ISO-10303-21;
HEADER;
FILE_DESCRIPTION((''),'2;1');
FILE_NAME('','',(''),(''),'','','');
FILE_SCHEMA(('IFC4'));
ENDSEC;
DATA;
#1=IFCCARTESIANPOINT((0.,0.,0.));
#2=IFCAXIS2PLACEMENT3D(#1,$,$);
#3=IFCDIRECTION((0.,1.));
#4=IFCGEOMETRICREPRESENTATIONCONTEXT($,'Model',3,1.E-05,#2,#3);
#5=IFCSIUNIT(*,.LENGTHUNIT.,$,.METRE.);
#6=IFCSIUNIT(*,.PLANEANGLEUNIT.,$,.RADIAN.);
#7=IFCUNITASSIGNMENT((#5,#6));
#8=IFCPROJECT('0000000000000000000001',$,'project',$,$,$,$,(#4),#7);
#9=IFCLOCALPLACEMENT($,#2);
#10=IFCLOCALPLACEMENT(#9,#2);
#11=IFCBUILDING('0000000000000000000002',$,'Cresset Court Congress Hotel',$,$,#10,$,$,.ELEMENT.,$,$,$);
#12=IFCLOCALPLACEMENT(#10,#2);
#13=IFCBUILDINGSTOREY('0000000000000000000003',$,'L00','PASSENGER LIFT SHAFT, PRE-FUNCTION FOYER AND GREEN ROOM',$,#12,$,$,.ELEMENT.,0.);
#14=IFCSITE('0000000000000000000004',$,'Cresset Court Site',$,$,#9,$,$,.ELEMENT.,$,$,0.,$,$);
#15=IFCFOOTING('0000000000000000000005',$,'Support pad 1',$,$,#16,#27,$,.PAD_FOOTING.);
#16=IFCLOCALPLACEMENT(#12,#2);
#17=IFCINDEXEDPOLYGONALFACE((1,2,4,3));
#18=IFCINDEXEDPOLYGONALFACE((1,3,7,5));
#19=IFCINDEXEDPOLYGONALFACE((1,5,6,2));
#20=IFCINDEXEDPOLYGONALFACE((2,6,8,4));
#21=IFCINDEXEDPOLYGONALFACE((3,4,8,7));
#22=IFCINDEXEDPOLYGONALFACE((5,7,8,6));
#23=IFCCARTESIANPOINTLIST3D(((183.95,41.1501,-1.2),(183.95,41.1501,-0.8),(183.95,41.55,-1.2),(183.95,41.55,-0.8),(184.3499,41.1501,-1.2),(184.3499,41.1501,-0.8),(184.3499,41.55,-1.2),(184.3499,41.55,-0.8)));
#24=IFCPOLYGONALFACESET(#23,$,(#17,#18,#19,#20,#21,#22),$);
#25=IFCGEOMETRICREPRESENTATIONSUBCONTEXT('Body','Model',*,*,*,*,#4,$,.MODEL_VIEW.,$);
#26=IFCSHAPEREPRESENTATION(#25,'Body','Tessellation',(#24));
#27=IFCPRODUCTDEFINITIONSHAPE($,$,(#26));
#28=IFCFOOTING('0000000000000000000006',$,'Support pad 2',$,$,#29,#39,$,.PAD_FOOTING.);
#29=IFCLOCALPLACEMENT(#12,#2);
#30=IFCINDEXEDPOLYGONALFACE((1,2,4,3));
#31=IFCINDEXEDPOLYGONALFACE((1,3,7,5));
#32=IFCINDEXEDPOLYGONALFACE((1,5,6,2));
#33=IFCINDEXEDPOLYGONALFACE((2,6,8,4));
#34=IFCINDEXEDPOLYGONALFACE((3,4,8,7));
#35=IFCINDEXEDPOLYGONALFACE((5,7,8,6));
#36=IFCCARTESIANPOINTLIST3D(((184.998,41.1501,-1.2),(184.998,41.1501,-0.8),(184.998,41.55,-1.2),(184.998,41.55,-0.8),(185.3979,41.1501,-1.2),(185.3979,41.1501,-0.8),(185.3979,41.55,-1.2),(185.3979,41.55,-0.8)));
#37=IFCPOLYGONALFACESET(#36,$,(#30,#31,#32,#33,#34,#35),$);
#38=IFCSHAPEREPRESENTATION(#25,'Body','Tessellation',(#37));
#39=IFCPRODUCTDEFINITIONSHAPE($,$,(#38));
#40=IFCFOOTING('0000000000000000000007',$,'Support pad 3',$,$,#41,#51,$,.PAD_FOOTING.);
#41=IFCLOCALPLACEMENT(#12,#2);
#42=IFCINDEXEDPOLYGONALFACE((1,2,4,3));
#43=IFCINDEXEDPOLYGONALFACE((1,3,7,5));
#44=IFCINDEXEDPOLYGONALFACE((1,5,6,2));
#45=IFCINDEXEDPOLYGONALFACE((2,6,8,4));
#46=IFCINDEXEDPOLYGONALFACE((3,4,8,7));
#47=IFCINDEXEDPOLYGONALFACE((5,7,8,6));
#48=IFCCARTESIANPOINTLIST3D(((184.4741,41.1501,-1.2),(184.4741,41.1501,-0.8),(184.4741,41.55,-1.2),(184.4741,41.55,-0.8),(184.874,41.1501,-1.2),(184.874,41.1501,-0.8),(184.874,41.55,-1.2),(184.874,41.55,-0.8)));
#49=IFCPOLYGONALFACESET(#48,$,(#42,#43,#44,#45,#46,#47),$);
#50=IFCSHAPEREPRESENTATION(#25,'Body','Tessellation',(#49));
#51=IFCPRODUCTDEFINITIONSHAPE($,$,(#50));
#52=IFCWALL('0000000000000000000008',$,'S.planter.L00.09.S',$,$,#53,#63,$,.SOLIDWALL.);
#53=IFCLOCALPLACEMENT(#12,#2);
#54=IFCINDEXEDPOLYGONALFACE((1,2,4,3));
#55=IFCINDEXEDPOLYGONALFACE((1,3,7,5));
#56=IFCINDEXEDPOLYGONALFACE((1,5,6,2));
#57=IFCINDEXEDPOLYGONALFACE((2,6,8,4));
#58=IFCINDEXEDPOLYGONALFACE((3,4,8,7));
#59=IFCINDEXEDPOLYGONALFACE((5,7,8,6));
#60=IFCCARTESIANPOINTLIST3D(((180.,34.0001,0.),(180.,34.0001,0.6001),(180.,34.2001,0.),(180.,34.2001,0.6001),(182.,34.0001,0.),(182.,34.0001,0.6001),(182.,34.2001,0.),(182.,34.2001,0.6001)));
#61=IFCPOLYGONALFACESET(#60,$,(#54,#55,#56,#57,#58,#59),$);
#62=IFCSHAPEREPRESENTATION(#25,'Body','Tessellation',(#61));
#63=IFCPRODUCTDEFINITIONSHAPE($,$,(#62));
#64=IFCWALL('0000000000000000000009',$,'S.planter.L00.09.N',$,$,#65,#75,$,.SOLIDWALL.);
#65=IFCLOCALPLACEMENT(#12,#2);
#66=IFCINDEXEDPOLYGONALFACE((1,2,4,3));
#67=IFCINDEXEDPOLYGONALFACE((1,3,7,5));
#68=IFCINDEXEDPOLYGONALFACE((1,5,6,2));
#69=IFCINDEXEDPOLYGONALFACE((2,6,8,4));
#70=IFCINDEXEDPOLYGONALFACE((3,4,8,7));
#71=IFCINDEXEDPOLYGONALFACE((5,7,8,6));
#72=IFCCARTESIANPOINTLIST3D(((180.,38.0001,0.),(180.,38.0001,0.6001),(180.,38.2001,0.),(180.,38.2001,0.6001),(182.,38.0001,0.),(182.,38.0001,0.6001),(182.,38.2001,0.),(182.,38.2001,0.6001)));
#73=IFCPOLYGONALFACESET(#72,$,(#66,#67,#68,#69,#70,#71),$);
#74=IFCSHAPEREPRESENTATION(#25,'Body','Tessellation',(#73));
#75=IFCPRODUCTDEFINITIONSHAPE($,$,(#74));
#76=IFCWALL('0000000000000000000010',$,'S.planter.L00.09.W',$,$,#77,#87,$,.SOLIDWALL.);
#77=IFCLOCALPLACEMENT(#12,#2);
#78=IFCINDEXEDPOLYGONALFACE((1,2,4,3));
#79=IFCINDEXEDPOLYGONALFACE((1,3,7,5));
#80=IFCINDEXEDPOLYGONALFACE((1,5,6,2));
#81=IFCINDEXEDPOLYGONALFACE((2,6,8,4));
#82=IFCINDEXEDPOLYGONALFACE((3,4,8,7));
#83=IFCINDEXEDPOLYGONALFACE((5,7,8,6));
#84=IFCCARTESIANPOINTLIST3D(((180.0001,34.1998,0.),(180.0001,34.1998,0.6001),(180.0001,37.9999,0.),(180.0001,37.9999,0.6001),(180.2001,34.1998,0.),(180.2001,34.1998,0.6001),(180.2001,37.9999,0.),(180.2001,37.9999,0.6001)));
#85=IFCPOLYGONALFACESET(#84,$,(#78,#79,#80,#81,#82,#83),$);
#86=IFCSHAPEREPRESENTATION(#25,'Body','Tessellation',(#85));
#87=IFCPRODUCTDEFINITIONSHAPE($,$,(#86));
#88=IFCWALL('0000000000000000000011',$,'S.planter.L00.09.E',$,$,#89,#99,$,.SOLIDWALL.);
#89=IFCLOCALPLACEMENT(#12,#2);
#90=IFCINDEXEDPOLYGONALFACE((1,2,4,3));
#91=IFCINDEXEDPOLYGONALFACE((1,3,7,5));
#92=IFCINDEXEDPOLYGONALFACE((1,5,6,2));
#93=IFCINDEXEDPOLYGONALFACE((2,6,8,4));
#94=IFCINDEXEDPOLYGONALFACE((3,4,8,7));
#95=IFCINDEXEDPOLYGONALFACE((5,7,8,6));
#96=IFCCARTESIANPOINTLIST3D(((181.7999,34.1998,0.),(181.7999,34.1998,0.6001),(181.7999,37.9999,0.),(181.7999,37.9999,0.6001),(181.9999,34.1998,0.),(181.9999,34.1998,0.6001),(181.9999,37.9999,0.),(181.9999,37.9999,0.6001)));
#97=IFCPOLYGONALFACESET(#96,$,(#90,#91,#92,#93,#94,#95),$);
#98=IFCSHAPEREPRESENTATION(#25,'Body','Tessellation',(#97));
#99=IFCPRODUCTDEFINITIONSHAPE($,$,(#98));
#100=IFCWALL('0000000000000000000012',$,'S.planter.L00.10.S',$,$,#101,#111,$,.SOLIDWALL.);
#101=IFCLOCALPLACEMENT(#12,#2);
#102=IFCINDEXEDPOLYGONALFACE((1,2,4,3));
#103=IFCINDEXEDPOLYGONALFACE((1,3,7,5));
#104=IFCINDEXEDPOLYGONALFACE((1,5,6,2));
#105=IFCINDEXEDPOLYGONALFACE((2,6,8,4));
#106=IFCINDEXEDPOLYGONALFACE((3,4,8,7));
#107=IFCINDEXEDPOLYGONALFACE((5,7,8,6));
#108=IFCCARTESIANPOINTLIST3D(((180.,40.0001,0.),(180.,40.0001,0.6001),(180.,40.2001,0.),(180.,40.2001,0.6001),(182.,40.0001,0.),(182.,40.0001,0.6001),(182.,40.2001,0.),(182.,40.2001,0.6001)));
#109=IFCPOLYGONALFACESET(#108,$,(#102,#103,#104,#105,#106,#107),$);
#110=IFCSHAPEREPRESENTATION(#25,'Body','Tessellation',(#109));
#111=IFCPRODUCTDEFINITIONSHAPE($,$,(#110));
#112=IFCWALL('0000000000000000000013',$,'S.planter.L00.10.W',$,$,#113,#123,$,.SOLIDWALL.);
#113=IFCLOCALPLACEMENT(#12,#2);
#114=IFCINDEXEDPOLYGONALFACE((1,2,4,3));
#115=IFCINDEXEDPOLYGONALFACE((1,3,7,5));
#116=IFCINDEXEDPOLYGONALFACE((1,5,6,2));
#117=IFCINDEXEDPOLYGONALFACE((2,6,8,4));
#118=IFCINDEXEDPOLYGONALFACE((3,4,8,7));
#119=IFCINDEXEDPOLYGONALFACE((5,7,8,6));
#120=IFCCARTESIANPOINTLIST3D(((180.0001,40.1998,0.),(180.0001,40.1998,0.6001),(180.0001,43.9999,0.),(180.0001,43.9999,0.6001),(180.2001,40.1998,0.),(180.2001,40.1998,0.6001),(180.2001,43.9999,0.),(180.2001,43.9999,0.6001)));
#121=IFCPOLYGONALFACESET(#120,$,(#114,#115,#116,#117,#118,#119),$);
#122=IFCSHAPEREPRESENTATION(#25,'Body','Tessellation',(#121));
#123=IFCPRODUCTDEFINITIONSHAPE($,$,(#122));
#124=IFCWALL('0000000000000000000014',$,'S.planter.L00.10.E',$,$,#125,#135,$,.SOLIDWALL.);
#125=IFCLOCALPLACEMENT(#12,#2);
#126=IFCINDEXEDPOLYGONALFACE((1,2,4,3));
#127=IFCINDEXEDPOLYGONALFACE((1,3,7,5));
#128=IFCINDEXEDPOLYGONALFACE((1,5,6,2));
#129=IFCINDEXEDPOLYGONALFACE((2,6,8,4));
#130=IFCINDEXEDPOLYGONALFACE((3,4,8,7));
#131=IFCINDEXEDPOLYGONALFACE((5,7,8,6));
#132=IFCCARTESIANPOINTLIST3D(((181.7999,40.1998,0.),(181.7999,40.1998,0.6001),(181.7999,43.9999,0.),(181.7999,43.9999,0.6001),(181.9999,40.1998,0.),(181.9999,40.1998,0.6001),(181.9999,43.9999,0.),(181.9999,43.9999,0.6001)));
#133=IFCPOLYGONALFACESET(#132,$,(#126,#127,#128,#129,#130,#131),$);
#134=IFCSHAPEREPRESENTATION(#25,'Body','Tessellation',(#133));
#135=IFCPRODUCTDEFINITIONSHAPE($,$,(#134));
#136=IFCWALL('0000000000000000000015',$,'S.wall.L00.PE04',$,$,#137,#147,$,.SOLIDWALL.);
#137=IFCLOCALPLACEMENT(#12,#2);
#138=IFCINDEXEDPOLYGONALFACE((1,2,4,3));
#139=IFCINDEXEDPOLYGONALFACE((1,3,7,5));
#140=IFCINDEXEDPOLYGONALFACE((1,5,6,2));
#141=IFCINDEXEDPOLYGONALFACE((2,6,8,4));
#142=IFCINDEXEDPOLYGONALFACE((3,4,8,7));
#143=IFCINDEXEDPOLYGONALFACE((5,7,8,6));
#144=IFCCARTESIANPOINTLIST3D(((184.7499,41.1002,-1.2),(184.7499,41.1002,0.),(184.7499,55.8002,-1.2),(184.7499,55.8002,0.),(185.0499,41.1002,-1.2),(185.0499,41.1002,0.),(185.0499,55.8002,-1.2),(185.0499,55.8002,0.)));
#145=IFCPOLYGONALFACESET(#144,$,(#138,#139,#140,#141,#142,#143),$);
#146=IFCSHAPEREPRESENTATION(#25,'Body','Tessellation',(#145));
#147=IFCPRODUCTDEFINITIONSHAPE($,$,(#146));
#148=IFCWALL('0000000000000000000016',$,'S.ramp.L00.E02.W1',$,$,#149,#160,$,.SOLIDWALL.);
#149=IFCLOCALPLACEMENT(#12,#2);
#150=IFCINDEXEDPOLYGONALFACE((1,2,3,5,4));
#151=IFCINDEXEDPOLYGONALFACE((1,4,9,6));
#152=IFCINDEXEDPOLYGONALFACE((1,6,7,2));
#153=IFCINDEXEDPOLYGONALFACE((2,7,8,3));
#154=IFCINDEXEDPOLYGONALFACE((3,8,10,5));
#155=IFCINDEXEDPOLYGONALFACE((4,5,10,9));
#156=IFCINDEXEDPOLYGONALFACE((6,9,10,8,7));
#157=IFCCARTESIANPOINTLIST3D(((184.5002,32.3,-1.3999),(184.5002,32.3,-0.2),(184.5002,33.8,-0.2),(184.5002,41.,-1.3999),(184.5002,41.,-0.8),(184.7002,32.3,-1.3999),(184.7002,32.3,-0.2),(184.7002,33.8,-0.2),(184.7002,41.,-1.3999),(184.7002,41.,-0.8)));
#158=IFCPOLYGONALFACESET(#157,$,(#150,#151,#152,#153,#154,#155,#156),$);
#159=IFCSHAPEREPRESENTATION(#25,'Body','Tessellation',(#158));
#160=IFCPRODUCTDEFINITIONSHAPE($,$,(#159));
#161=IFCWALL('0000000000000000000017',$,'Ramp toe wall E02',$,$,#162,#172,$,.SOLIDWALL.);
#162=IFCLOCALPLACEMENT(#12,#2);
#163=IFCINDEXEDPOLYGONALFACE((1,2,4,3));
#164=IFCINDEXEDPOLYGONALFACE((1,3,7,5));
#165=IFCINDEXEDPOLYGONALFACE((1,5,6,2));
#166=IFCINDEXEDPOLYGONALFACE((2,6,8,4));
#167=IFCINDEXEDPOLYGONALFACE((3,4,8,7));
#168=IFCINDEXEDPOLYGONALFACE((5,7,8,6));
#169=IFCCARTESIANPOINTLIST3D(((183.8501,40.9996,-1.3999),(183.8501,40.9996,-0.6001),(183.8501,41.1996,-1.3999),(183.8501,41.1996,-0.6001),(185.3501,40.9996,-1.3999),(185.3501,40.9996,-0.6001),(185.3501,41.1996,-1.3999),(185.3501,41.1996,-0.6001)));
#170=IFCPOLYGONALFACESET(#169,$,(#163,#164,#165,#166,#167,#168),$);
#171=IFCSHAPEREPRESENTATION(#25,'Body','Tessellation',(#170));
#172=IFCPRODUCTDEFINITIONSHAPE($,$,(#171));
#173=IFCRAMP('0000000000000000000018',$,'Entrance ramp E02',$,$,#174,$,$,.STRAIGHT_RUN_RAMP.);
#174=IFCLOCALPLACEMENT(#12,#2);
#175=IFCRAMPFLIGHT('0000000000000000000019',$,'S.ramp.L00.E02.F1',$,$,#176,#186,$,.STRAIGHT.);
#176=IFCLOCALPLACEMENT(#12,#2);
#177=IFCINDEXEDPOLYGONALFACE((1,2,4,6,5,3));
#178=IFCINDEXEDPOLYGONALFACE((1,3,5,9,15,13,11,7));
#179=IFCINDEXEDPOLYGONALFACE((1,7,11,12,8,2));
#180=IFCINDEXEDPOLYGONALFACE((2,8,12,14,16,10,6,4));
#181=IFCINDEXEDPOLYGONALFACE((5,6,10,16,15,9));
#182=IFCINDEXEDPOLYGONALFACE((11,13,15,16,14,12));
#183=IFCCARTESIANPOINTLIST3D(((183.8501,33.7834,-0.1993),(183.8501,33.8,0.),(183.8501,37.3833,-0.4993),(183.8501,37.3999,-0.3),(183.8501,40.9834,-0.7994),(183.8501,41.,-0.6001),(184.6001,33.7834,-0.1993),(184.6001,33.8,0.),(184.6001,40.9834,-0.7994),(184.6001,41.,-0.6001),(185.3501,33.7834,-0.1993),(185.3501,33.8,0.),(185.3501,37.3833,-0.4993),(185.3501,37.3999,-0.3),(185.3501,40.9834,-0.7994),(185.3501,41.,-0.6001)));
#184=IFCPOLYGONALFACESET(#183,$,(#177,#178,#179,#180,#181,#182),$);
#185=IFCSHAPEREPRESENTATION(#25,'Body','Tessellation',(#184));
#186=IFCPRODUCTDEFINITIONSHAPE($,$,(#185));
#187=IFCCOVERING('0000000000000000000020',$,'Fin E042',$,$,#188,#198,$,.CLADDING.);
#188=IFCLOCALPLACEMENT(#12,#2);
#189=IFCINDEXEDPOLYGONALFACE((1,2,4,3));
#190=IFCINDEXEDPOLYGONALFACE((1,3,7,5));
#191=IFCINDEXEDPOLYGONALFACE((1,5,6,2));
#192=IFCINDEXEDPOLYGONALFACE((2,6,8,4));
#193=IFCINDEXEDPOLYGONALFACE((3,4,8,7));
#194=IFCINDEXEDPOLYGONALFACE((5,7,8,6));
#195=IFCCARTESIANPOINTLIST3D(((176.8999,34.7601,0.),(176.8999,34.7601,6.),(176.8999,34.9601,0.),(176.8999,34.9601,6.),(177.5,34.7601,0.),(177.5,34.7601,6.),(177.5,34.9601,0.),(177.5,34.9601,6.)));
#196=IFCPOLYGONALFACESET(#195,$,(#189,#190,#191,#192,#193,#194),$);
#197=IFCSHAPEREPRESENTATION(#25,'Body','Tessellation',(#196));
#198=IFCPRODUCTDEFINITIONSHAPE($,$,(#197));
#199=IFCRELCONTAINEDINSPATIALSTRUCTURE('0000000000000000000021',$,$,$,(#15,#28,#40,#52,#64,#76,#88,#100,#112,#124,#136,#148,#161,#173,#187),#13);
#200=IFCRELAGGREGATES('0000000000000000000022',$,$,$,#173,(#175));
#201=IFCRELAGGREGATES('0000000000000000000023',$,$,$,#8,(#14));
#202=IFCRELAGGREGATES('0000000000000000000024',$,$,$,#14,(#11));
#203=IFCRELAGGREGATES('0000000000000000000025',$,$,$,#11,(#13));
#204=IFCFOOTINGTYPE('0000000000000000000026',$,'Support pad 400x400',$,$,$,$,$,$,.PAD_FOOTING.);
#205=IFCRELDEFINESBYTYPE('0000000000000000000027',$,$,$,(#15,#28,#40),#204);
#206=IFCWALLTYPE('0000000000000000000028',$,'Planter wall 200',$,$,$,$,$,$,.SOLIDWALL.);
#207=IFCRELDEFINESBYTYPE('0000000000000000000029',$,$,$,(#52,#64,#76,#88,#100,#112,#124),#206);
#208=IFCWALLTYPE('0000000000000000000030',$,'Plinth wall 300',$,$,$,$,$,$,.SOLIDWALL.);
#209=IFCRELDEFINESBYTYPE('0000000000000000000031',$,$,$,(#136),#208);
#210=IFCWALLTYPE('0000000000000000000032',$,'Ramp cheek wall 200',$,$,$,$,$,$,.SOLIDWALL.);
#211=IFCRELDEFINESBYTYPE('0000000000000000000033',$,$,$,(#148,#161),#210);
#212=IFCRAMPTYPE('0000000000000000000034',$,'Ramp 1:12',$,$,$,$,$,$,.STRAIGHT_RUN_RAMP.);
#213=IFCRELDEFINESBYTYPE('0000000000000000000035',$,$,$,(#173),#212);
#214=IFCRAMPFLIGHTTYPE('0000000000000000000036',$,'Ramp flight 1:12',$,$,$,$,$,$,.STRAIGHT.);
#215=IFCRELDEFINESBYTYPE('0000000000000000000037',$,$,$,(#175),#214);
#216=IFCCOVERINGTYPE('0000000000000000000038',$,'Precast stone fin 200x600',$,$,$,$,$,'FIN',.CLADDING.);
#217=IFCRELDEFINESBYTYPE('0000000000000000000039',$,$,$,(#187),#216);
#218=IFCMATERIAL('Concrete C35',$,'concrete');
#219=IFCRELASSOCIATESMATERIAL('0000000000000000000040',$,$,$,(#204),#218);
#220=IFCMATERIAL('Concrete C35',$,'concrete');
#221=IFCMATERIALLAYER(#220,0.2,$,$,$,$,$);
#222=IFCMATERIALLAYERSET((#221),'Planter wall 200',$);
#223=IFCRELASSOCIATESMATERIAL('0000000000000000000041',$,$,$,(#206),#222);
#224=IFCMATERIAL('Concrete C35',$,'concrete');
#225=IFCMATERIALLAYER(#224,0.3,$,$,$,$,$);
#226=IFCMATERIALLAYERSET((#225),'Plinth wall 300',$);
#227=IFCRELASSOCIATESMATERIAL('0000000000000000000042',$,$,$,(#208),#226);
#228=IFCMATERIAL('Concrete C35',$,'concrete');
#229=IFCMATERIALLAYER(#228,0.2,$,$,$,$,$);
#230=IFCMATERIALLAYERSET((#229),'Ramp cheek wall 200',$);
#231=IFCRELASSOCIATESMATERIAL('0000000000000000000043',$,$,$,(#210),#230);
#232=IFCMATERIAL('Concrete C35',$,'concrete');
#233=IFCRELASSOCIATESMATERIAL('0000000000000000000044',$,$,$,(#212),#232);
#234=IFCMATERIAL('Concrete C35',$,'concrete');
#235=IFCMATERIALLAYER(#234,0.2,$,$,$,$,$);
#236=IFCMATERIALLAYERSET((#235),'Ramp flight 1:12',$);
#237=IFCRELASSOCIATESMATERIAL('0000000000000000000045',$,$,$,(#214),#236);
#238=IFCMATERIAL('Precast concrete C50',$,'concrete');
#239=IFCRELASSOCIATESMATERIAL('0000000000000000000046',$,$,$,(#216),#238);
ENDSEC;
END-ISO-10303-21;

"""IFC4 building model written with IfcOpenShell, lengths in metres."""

from ifc_helpers import new_model, si_unit, direction, frame, frame_2d, origin, origin_2d, place, context, subcontext, project, spatial, polyline, rectangle, outline, extrude, material, layer, layer_set, type_object, element, aggregate, save


model = new_model("IFC4")

# Units and contexts
model_context = context("Model", 3, precision=1e-05, world=origin(), true_north=direction((0.0, 1.0)))
body_context = subcontext(model_context, "Body", "Model", "MODEL_VIEW")
ifc_project = project(units=[si_unit("LENGTHUNIT", "METRE"), si_unit("PLANEANGLEUNIT", "RADIAN")], contexts=[model_context])

# Site, building, storey
site_placement = place(None, origin())
site = spatial("IfcSite", under=ifc_project, at=site_placement, Name="Cresset Court Site", CompositionType="ELEMENT", RefElevation=0.0)
building_placement = place(site_placement, origin())
building = spatial("IfcBuilding", under=site, at=building_placement, Name="Cresset Court Congress Hotel", CompositionType="ELEMENT")
storey_placement = place(building_placement, origin())
storey = spatial("IfcBuildingStorey", under=building, at=storey_placement, Name="L00", Description="PASSENGER LIFT SHAFT, PRE-FUNCTION FOYER AND GREEN ROOM", CompositionType="ELEMENT", Elevation=0.0)

# Footings
ifc_material_1 = material(Name="Concrete C35", Category="concrete")
footing_type = type_object("IfcFootingType", Name="Support pad 400x400", PredefinedType="PAD_FOOTING", material=ifc_material_1)
for number, where, z_axis, x_axis, name in (
    (1, (184.1499, 41.3501, -1.2), (0.0, 0.0, 1.0), (1.0, 0.0, 0.0), "Support pad 1"),
    (2, (185.198, 41.3501, -1.2), (0.0, 0.0, 1.0), (1.0, 0.0, 0.0), "Support pad 2"),
    (3, (184.6741, 41.3501, -1.2), (0.0, 0.0, 1.0), (1.0, 0.0, 0.0), "Support pad 3"),
):
    element("IfcFooting", number, at=place(storey_placement, frame(where, z_axis=z_axis, x_axis=x_axis)), inside=storey, type_object=footing_type, Name=name, PredefinedType="PAD_FOOTING", context=body_context, shape_type="SweptSolid", body=[
        extrude(rectangle(XDim=0.3999, YDim=0.3999, at=origin_2d()), origin(), (0.0, 0.0, 1.0), 0.3999),
    ])

# Walls
ifc_material_2 = material(Name="Concrete C35", Category="concrete")
ifc_layer_1 = layer(ifc_material_2, 0.2)
ifc_layer_set_1 = layer_set([ifc_layer_1], Name="Planter wall 200")
wall_type_1 = type_object("IfcWallType", Name="Planter wall 200", PredefinedType="SOLIDWALL", material=ifc_layer_set_1)
for number, where, z_axis, x_axis, name in (
    (4, (180.0, 34.1001, 0.0), (0.0, 0.0, 1.0), (1.0, 0.0, 0.0), "S.planter.L00.09.S"),
    (5, (180.0, 38.1001, 0.0), (0.0, 0.0, 1.0), (1.0, 0.0, 0.0), "S.planter.L00.09.N"),
):
    element("IfcWall", number, at=place(storey_placement, frame(where, z_axis=z_axis, x_axis=x_axis)), inside=storey, type_object=wall_type_1, Name=name, PredefinedType="SOLIDWALL", context=body_context, shape_type="SweptSolid", body=[
        extrude(rectangle(XDim=2.0, YDim=0.2, at=frame_2d((1.0, 0.0))), origin(), (0.0, 0.0, 1.0), 0.6001),
    ])
for number, where, z_axis, x_axis, name in (
    (6, (180.1001, 34.2, 0.0), (0.0, 0.0, 1.0), (0.0, 1.0, 0.0), "S.planter.L00.09.W"),
    (7, (181.8999, 34.2, 0.0), (0.0, 0.0, 1.0), (0.0, 1.0, 0.0), "S.planter.L00.09.E"),
):
    element("IfcWall", number, at=place(storey_placement, frame(where, z_axis=z_axis, x_axis=x_axis)), inside=storey, type_object=wall_type_1, Name=name, PredefinedType="SOLIDWALL", context=body_context, shape_type="SweptSolid", body=[
        extrude(rectangle(XDim=3.8, YDim=0.2, at=frame_2d((1.8999, 0.0))), origin(), (0.0, 0.0, 1.0), 0.6001),
    ])
wall_1_placement = place(storey_placement, frame((180.0, 40.1001, 0.0), z_axis=(0.0, 0.0, 1.0), x_axis=(1.0, 0.0, 0.0)))
element("IfcWall", 8, at=wall_1_placement, inside=storey, type_object=wall_type_1, Name="S.planter.L00.10.S", PredefinedType="SOLIDWALL", context=body_context, shape_type="SweptSolid", body=[
    extrude(rectangle(XDim=2.0, YDim=0.2, at=frame_2d((1.0, 0.0))), origin(), (0.0, 0.0, 1.0), 0.6001),
])
for number, where, z_axis, x_axis, name in (
    (9, (180.1001, 40.2, 0.0), (0.0, 0.0, 1.0), (0.0, 1.0, 0.0), "S.planter.L00.10.W"),
    (10, (181.8999, 40.2, 0.0), (0.0, 0.0, 1.0), (0.0, 1.0, 0.0), "S.planter.L00.10.E"),
):
    element("IfcWall", number, at=place(storey_placement, frame(where, z_axis=z_axis, x_axis=x_axis)), inside=storey, type_object=wall_type_1, Name=name, PredefinedType="SOLIDWALL", context=body_context, shape_type="SweptSolid", body=[
        extrude(rectangle(XDim=3.8, YDim=0.2, at=frame_2d((1.8999, 0.0))), origin(), (0.0, 0.0, 1.0), 0.6001),
    ])
ifc_material_3 = material(Name="Concrete C35", Category="concrete")
ifc_layer_2 = layer(ifc_material_3, 0.3)
ifc_layer_set_2 = layer_set([ifc_layer_2], Name="Plinth wall 300")
wall_type_2 = type_object("IfcWallType", Name="Plinth wall 300", PredefinedType="SOLIDWALL", material=ifc_layer_set_2)
wall_2_placement = place(storey_placement, frame((184.8999, 41.1001, -1.2), z_axis=(0.0, 0.0, 1.0), x_axis=(0.0, 1.0, 0.0)))
element("IfcWall", 11, at=wall_2_placement, inside=storey, type_object=wall_type_2, Name="S.wall.L00.PE04", PredefinedType="SOLIDWALL", context=body_context, shape_type="SweptSolid", body=[
    extrude(rectangle(XDim=14.7, YDim=0.3, at=frame_2d((7.3501, 0.0))), origin(), (0.0, 0.0, 1.0), 1.2),
])
ifc_material_4 = material(Name="Concrete C35", Category="concrete")
ifc_layer_3 = layer(ifc_material_4, 0.2)
ifc_layer_set_3 = layer_set([ifc_layer_3], Name="Ramp cheek wall 200")
wall_type_3 = type_object("IfcWallType", Name="Ramp cheek wall 200", PredefinedType="SOLIDWALL", material=ifc_layer_set_3)
wall_3_placement = place(storey_placement, frame((184.6001, 41.0, -1.3999), z_axis=(0.0, 0.0, 1.0), x_axis=(0.0, -1.0, 0.0)))
element("IfcWall", 12, at=wall_3_placement, inside=storey, type_object=wall_type_3, Name="S.ramp.L00.E02.W1", PredefinedType="SOLIDWALL", context=body_context, shape_type="SweptSolid", body=[
    extrude(outline(polyline([(0.0, 0.0), (8.7, 0.0), (8.7, 1.2), (7.2, 1.2), (0.0, 0.5999), (0.0, 0.0)])), frame((0.0, 0.1001, 0.0), z_axis=(0.0, -1.0, 0.0), x_axis=(1.0, 0.0, 0.0)), (0.0, 0.0, 1.0), 0.2),
])
wall_4_placement = place(storey_placement, frame((185.3501, 41.0996, -1.3999), z_axis=(0.0, 0.0, 1.0), x_axis=(-1.0, 0.0, 0.0)))
element("IfcWall", 13, at=wall_4_placement, inside=storey, type_object=wall_type_3, Name="Ramp toe wall E02", PredefinedType="SOLIDWALL", context=body_context, shape_type="SweptSolid", body=[
    extrude(rectangle(XDim=1.5, YDim=0.2, at=frame_2d((0.75, 0.0))), origin(), (0.0, 0.0, 1.0), 0.7998),
])

# Ramp, ramp flight
ifc_material_5 = material(Name="Concrete C35", Category="concrete")
ramp_type = type_object("IfcRampType", Name="Ramp 1:12", PredefinedType="STRAIGHT_RUN_RAMP", material=ifc_material_5)
ramp_placement = place(storey_placement, origin())
ramp = element("IfcRamp", 14, at=ramp_placement, inside=storey, type_object=ramp_type, Name="Entrance ramp E02", PredefinedType="STRAIGHT_RUN_RAMP")
ifc_material_6 = material(Name="Concrete C35", Category="concrete")
ifc_layer_4 = layer(ifc_material_6, 0.2)
ifc_layer_set_4 = layer_set([ifc_layer_4], Name="Ramp flight 1:12")
ramp_flight_type = type_object("IfcRampFlightType", Name="Ramp flight 1:12", PredefinedType="STRAIGHT", material=ifc_layer_set_4)
ramp_flight_placement = place(storey_placement, frame((185.3501, 41.0, -0.6001), z_axis=(0.0, 0.083059, 0.996545), x_axis=(-1.0, 0.0, 0.0)))
ramp_flight = element("IfcRampFlight", 15, at=ramp_flight_placement, type_object=ramp_flight_type, Name="S.ramp.L00.E02.F1", PredefinedType="STRAIGHT", context=body_context, shape_type="SweptSolid", body=[
    extrude(outline(polyline([(0.0, 0.0), (0.75, 0.0), (1.5, 0.0), (1.5, 3.6126), (1.5, 7.2249), (0.75, 7.2249), (0.0, 7.2249), (0.0, 3.6126), (0.0, 0.0)])), origin(), (0.0, 0.0, -1.0), 0.2),
])
aggregate(ramp, [ramp_flight])

# Covering
ifc_material_7 = material(Name="Precast concrete C50", Category="concrete")
covering_type = type_object("IfcCoveringType", Name="Precast stone fin 200x600", ElementType="FIN", PredefinedType="CLADDING", material=ifc_material_7)
for number, where, z_axis, x_axis, name in (
    (16, (177.2, 34.8601, 0.0), (0.0, 0.0, 1.0), (1.0, 0.0, 0.0), "Fin E042"),
):
    element("IfcCovering", number, at=place(storey_placement, frame(where, z_axis=z_axis, x_axis=x_axis)), inside=storey, type_object=covering_type, Name=name, PredefinedType="CLADDING", context=body_context, shape_type="SweptSolid", body=[
        extrude(rectangle(XDim=0.6001, YDim=0.2, at=origin_2d()), origin(), (0.0, 0.0, 1.0), 6.0),
    ])

save(model, "model.ifc")
